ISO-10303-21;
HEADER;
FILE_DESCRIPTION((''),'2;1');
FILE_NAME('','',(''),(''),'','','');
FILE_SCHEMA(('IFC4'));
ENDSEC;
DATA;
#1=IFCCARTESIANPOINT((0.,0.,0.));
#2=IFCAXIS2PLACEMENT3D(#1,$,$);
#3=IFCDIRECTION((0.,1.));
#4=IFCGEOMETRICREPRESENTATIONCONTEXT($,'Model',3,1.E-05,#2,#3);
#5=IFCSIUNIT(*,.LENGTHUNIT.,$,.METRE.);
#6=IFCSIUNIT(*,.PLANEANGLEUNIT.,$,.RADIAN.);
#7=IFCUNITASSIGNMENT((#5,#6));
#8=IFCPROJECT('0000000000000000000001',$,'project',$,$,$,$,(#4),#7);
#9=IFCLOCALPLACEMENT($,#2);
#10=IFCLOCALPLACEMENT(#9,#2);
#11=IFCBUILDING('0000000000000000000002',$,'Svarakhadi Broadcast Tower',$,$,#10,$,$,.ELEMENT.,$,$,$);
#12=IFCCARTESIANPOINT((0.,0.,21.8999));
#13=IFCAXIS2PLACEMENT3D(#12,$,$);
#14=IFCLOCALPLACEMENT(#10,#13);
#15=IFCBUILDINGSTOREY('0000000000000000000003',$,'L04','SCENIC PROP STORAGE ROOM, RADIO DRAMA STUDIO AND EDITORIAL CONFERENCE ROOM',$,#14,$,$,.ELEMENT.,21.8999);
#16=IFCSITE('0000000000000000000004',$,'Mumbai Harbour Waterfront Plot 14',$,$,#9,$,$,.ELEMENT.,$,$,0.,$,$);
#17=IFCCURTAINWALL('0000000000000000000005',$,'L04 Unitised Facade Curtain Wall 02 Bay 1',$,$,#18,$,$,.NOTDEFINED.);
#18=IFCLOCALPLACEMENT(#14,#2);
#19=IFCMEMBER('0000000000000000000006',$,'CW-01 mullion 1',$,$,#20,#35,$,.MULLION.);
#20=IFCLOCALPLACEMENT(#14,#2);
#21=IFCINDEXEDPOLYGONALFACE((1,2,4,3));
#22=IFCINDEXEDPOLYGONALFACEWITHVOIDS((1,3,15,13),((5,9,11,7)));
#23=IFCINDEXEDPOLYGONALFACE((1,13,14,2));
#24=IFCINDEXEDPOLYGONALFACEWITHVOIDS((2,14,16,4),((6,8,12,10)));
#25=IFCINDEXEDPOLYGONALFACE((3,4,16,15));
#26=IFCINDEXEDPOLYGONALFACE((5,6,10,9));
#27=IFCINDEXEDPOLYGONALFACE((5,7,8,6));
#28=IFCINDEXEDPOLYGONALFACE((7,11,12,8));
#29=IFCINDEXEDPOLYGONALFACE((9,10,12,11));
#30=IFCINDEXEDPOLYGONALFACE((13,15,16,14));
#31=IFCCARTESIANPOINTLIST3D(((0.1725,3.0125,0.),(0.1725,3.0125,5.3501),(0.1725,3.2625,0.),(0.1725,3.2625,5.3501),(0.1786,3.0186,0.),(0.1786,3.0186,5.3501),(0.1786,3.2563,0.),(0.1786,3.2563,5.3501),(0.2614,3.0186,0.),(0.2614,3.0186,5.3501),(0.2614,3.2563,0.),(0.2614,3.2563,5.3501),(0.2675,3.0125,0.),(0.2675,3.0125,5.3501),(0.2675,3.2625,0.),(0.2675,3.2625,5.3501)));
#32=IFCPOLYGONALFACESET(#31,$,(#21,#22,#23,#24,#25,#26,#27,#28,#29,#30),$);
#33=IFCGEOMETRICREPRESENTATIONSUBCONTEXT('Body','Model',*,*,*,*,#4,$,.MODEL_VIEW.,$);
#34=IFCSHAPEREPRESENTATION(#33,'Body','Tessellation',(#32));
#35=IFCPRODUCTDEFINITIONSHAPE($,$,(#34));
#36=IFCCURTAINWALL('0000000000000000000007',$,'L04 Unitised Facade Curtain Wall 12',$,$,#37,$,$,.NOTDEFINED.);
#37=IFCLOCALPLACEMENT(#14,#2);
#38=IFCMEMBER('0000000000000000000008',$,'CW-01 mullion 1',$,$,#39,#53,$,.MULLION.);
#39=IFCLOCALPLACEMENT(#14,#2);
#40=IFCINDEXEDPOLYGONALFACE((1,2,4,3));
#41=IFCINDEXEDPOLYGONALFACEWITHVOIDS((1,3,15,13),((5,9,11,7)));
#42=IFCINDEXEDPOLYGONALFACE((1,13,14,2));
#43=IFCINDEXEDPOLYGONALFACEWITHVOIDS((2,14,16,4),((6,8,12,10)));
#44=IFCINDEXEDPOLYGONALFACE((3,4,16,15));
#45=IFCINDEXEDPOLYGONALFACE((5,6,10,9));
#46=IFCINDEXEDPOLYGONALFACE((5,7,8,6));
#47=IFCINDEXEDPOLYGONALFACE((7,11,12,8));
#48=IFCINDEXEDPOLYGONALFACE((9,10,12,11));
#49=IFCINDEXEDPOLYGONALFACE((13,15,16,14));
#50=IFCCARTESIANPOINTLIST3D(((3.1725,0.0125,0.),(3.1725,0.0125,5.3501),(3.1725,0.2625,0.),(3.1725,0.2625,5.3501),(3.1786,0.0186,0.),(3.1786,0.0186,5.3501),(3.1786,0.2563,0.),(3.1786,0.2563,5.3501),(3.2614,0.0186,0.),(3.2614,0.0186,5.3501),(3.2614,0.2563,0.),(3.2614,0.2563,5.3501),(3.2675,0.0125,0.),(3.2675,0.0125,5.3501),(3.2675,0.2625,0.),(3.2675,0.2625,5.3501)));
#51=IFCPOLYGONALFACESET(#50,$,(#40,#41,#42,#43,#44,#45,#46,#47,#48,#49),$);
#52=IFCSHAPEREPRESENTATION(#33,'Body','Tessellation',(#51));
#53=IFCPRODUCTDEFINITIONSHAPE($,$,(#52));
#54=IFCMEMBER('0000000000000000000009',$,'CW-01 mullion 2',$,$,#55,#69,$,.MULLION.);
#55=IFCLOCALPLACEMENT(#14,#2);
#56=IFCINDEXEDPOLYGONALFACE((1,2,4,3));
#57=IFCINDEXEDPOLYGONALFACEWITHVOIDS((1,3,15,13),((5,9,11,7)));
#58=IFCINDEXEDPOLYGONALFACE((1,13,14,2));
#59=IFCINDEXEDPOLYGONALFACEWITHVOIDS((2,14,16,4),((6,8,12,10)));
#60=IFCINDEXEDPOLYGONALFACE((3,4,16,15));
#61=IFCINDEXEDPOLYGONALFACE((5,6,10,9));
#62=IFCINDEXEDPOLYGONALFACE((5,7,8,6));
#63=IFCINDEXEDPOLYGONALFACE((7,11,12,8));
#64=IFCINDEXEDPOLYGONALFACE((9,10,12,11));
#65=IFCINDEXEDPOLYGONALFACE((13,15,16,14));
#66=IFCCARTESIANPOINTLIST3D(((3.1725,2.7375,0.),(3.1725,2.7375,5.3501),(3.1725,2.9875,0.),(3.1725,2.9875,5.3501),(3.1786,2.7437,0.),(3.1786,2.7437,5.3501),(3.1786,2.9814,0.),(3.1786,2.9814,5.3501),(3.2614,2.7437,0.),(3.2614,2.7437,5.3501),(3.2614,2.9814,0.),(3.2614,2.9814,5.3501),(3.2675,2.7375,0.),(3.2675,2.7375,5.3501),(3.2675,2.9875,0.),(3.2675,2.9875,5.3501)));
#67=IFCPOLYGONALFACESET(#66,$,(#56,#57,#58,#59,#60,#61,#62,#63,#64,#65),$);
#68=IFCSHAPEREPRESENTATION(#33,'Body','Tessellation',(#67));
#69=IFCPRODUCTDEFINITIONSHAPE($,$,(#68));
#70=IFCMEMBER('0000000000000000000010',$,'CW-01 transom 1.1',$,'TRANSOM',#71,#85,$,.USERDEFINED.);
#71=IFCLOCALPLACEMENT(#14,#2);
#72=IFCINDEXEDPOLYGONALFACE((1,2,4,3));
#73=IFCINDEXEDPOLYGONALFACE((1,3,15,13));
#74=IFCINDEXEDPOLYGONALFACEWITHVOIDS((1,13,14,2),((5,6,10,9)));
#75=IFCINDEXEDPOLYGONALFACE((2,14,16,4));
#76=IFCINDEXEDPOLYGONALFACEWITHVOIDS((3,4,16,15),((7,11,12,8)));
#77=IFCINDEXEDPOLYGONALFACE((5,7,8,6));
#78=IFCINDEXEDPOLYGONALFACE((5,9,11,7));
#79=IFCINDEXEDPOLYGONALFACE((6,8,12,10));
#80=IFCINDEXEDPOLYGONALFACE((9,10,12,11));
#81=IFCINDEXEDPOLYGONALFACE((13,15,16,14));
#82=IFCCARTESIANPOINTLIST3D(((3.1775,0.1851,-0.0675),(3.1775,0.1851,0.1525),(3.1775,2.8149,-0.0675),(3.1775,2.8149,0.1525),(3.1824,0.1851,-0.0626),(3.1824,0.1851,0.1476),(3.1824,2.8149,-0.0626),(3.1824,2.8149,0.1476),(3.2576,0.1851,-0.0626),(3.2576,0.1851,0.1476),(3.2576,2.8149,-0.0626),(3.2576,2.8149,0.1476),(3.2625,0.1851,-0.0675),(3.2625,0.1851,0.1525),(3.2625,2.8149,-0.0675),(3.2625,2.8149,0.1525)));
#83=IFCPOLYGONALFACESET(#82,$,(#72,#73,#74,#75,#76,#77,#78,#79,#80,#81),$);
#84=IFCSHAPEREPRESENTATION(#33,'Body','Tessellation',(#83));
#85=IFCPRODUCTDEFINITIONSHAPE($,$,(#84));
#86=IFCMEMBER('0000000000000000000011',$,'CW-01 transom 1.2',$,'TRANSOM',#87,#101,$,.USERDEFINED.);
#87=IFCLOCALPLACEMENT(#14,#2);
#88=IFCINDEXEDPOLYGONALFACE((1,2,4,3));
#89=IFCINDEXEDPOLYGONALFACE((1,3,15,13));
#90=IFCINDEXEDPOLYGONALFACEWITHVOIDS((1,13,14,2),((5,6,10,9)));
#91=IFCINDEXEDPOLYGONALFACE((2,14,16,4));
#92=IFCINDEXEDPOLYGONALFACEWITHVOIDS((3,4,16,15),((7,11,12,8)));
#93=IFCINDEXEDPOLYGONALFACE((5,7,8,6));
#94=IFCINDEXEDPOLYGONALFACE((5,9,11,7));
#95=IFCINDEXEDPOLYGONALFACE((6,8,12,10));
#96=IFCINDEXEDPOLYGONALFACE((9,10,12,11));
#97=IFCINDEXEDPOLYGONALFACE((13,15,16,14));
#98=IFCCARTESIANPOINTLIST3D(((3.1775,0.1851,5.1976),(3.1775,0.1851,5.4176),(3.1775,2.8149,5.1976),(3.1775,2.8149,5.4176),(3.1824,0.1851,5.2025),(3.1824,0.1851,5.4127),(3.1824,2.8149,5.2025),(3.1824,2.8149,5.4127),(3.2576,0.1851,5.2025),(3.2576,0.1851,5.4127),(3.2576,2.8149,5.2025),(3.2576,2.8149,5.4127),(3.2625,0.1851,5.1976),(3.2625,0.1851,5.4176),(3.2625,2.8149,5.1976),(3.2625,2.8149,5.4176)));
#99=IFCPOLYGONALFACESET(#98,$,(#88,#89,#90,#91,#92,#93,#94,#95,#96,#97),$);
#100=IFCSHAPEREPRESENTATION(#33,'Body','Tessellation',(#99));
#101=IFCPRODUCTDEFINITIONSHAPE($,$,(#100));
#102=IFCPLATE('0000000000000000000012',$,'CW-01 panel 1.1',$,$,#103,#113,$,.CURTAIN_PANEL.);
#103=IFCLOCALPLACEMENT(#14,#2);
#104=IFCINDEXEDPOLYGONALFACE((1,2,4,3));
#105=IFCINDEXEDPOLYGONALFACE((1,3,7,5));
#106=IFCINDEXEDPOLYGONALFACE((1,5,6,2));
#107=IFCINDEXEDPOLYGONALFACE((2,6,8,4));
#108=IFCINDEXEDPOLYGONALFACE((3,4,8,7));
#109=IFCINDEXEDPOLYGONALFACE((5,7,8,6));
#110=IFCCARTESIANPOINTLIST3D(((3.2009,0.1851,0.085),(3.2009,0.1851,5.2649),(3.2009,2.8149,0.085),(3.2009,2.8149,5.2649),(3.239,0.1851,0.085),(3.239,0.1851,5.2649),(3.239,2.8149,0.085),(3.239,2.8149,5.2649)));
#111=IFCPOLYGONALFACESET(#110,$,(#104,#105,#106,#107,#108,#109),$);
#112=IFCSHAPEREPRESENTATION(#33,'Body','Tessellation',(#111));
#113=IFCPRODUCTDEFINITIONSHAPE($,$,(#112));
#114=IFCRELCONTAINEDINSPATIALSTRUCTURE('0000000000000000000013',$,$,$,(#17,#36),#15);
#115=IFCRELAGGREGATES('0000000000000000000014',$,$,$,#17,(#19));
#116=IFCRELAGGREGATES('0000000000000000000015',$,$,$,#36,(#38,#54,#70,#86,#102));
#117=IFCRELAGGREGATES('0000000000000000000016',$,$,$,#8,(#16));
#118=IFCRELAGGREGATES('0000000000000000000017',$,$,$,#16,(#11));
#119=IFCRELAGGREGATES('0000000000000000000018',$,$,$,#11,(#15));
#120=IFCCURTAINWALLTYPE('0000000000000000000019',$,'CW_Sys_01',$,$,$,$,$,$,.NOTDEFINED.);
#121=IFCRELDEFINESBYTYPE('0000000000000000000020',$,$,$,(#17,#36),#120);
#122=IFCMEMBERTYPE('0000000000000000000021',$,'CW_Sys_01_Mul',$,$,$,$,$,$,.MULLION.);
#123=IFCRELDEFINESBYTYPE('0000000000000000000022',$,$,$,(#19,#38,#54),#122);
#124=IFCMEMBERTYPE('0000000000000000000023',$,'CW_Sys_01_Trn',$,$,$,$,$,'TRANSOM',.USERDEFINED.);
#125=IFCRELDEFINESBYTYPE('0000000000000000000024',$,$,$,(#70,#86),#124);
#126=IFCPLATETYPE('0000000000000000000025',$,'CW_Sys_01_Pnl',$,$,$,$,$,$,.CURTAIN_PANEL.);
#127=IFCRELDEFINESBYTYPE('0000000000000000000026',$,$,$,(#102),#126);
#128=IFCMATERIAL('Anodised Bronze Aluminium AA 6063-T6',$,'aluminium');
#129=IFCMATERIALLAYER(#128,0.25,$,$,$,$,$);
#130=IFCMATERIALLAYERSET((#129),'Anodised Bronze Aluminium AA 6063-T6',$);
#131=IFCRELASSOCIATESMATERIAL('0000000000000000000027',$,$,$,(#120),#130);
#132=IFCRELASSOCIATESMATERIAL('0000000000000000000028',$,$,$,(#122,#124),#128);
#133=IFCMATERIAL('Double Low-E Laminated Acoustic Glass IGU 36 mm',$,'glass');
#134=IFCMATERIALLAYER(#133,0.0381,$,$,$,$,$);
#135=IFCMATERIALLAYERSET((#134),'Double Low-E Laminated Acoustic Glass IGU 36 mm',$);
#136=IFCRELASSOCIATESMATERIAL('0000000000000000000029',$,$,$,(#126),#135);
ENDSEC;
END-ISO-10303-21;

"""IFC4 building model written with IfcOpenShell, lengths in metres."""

from ifc_helpers import new_model, si_unit, direction, frame, origin, origin_2d, place, context, subcontext, project, spatial, rectangle, hollow_rectangle, extrude, material, layer, layer_set, material_profile, profile_set, type_object, element, aggregate, save


model = new_model("IFC4")

# Units and contexts
model_context = context("Model", 3, precision=1e-05, world=origin(), true_north=direction((0.0, 1.0)))
body_context = subcontext(model_context, "Body", "Model", "MODEL_VIEW")
ifc_project = project(units=[si_unit("LENGTHUNIT", "METRE"), si_unit("PLANEANGLEUNIT", "RADIAN")], contexts=[model_context])

# Site, building, storey
site_placement = place(None, origin())
site = spatial("IfcSite", under=ifc_project, at=site_placement, Name="Mumbai Harbour Waterfront Plot 14", CompositionType="ELEMENT", RefElevation=0.0)
building_placement = place(site_placement, origin())
building = spatial("IfcBuilding", under=site, at=building_placement, Name="Svarakhadi Broadcast Tower", CompositionType="ELEMENT")
storey_placement = place(building_placement, frame((0.0, 0.0, 21.8999)))
storey = spatial("IfcBuildingStorey", under=building, at=storey_placement, Name="L04", Description="SCENIC PROP STORAGE ROOM, RADIO DRAMA STUDIO AND EDITORIAL CONFERENCE ROOM", CompositionType="ELEMENT", Elevation=21.8999)

# Curtain wall, member
ifc_material_1 = material(Name="Anodised Bronze Aluminium AA 6063-T6", Category="aluminium")
ifc_layer_1 = layer(ifc_material_1, 0.25)
ifc_layer_set_1 = layer_set([ifc_layer_1], Name="Anodised Bronze Aluminium AA 6063-T6")
curtain_wall_type = type_object("IfcCurtainWallType", Name="CW_Sys_01", PredefinedType="NOTDEFINED", material=ifc_layer_set_1)
curtain_wall_1_placement = place(storey_placement, origin())
curtain_wall_1 = element("IfcCurtainWall", 1, at=curtain_wall_1_placement, inside=storey, type_object=curtain_wall_type, Name="L04 Unitised Facade Curtain Wall 02 Bay 1", PredefinedType="NOTDEFINED")
ifc_material_profile_1 = material_profile(ifc_material_1, hollow_rectangle(XDim=0.095, YDim=0.25, WallThickness=0.0061, at=origin_2d()), Name="ALU MULLION 250x95x6")
ifc_profile_set_1 = profile_set([ifc_material_profile_1], Name="Anodised Bronze Aluminium AA 6063-T6")
member_type_1 = type_object("IfcMemberType", Name="CW_Sys_01_Mul", PredefinedType="MULLION", material=ifc_profile_set_1)
member_1_placement = place(storey_placement, frame((0.22, 3.1375, 0.0), z_axis=(0.0, 0.0, 1.0), x_axis=(-1.0, 0.0, 0.0)))
member_1 = element("IfcMember", 2, at=member_1_placement, type_object=member_type_1, Name="CW-01 mullion 1", PredefinedType="MULLION", context=body_context, shape_type="SweptSolid", body=[
    extrude(hollow_rectangle(XDim=0.095, YDim=0.25, WallThickness=0.0061, at=origin_2d()), origin(), (0.0, 0.0, 1.0), 5.3501),
])
aggregate(curtain_wall_1, [member_1])

# Curtain wall, members, plate
curtain_wall_2_placement = place(storey_placement, origin())
curtain_wall_2 = element("IfcCurtainWall", 3, at=curtain_wall_2_placement, inside=storey, type_object=curtain_wall_type, Name="L04 Unitised Facade Curtain Wall 12", PredefinedType="NOTDEFINED")
member_2_placement = place(storey_placement, frame((3.22, 0.1375, 0.0), z_axis=(0.0, 0.0, 1.0), x_axis=(-1.0, 0.0, 0.0)))
member_2 = element("IfcMember", 4, at=member_2_placement, type_object=member_type_1, Name="CW-01 mullion 1", PredefinedType="MULLION", context=body_context, shape_type="SweptSolid", body=[
    extrude(hollow_rectangle(XDim=0.095, YDim=0.25, WallThickness=0.0061, at=origin_2d()), origin(), (0.0, 0.0, 1.0), 5.3501),
])
member_3_placement = place(storey_placement, frame((3.22, 2.8625, 0.0), z_axis=(0.0, 0.0, 1.0), x_axis=(-1.0, 0.0, 0.0)))
member_3 = element("IfcMember", 5, at=member_3_placement, type_object=member_type_1, Name="CW-01 mullion 2", PredefinedType="MULLION", context=body_context, shape_type="SweptSolid", body=[
    extrude(hollow_rectangle(XDim=0.095, YDim=0.25, WallThickness=0.0061, at=origin_2d()), origin(), (0.0, 0.0, 1.0), 5.3501),
])
ifc_material_profile_2 = material_profile(ifc_material_1, hollow_rectangle(XDim=0.085, YDim=0.22, WallThickness=0.0049, at=origin_2d()), Name="ALU TRANSOM 220x85x5")
ifc_profile_set_2 = profile_set([ifc_material_profile_2], Name="Anodised Bronze Aluminium AA 6063-T6")
member_type_2 = type_object("IfcMemberType", Name="CW_Sys_01_Trn", ElementType="TRANSOM", PredefinedType="USERDEFINED", material=ifc_profile_set_2)
member_4_placement = place(storey_placement, frame((3.22, 0.1851, 0.0425), z_axis=(0.0, 1.0, 0.0), x_axis=(-1.0, 0.0, 0.0)))
member_4 = element("IfcMember", 6, at=member_4_placement, type_object=member_type_2, Name="CW-01 transom 1.1", ObjectType="TRANSOM", PredefinedType="USERDEFINED", context=body_context, shape_type="SweptSolid", body=[
    extrude(hollow_rectangle(XDim=0.085, YDim=0.22, WallThickness=0.0049, at=origin_2d()), origin(), (0.0, 0.0, 1.0), 2.6299),
])
member_5_placement = place(storey_placement, frame((3.22, 0.1851, 5.3076), z_axis=(0.0, 1.0, 0.0), x_axis=(-1.0, 0.0, 0.0)))
member_5 = element("IfcMember", 7, at=member_5_placement, type_object=member_type_2, Name="CW-01 transom 1.2", ObjectType="TRANSOM", PredefinedType="USERDEFINED", context=body_context, shape_type="SweptSolid", body=[
    extrude(hollow_rectangle(XDim=0.085, YDim=0.22, WallThickness=0.0049, at=origin_2d()), origin(), (0.0, 0.0, 1.0), 2.6299),
])
ifc_material_2 = material(Name="Double Low-E Laminated Acoustic Glass IGU 36 mm", Category="glass")
ifc_layer_2 = layer(ifc_material_2, 0.0381)
ifc_layer_set_2 = layer_set([ifc_layer_2], Name="Double Low-E Laminated Acoustic Glass IGU 36 mm")
plate_type = type_object("IfcPlateType", Name="CW_Sys_01_Pnl", PredefinedType="CURTAIN_PANEL", material=ifc_layer_set_2)
plate_placement = place(storey_placement, frame((3.22, 1.5, 0.085), z_axis=(0.0, 0.0, 1.0), x_axis=(0.0, 1.0, 0.0)))
plate = element("IfcPlate", 8, at=plate_placement, type_object=plate_type, Name="CW-01 panel 1.1", PredefinedType="CURTAIN_PANEL", context=body_context, shape_type="SweptSolid", body=[
    extrude(rectangle(XDim=2.6299, YDim=0.0381, at=origin_2d()), origin(), (0.0, 0.0, 1.0), 5.1799),
])
aggregate(curtain_wall_2, [member_2, member_3, member_4, member_5, plate])

save(model, "model.ifc")
